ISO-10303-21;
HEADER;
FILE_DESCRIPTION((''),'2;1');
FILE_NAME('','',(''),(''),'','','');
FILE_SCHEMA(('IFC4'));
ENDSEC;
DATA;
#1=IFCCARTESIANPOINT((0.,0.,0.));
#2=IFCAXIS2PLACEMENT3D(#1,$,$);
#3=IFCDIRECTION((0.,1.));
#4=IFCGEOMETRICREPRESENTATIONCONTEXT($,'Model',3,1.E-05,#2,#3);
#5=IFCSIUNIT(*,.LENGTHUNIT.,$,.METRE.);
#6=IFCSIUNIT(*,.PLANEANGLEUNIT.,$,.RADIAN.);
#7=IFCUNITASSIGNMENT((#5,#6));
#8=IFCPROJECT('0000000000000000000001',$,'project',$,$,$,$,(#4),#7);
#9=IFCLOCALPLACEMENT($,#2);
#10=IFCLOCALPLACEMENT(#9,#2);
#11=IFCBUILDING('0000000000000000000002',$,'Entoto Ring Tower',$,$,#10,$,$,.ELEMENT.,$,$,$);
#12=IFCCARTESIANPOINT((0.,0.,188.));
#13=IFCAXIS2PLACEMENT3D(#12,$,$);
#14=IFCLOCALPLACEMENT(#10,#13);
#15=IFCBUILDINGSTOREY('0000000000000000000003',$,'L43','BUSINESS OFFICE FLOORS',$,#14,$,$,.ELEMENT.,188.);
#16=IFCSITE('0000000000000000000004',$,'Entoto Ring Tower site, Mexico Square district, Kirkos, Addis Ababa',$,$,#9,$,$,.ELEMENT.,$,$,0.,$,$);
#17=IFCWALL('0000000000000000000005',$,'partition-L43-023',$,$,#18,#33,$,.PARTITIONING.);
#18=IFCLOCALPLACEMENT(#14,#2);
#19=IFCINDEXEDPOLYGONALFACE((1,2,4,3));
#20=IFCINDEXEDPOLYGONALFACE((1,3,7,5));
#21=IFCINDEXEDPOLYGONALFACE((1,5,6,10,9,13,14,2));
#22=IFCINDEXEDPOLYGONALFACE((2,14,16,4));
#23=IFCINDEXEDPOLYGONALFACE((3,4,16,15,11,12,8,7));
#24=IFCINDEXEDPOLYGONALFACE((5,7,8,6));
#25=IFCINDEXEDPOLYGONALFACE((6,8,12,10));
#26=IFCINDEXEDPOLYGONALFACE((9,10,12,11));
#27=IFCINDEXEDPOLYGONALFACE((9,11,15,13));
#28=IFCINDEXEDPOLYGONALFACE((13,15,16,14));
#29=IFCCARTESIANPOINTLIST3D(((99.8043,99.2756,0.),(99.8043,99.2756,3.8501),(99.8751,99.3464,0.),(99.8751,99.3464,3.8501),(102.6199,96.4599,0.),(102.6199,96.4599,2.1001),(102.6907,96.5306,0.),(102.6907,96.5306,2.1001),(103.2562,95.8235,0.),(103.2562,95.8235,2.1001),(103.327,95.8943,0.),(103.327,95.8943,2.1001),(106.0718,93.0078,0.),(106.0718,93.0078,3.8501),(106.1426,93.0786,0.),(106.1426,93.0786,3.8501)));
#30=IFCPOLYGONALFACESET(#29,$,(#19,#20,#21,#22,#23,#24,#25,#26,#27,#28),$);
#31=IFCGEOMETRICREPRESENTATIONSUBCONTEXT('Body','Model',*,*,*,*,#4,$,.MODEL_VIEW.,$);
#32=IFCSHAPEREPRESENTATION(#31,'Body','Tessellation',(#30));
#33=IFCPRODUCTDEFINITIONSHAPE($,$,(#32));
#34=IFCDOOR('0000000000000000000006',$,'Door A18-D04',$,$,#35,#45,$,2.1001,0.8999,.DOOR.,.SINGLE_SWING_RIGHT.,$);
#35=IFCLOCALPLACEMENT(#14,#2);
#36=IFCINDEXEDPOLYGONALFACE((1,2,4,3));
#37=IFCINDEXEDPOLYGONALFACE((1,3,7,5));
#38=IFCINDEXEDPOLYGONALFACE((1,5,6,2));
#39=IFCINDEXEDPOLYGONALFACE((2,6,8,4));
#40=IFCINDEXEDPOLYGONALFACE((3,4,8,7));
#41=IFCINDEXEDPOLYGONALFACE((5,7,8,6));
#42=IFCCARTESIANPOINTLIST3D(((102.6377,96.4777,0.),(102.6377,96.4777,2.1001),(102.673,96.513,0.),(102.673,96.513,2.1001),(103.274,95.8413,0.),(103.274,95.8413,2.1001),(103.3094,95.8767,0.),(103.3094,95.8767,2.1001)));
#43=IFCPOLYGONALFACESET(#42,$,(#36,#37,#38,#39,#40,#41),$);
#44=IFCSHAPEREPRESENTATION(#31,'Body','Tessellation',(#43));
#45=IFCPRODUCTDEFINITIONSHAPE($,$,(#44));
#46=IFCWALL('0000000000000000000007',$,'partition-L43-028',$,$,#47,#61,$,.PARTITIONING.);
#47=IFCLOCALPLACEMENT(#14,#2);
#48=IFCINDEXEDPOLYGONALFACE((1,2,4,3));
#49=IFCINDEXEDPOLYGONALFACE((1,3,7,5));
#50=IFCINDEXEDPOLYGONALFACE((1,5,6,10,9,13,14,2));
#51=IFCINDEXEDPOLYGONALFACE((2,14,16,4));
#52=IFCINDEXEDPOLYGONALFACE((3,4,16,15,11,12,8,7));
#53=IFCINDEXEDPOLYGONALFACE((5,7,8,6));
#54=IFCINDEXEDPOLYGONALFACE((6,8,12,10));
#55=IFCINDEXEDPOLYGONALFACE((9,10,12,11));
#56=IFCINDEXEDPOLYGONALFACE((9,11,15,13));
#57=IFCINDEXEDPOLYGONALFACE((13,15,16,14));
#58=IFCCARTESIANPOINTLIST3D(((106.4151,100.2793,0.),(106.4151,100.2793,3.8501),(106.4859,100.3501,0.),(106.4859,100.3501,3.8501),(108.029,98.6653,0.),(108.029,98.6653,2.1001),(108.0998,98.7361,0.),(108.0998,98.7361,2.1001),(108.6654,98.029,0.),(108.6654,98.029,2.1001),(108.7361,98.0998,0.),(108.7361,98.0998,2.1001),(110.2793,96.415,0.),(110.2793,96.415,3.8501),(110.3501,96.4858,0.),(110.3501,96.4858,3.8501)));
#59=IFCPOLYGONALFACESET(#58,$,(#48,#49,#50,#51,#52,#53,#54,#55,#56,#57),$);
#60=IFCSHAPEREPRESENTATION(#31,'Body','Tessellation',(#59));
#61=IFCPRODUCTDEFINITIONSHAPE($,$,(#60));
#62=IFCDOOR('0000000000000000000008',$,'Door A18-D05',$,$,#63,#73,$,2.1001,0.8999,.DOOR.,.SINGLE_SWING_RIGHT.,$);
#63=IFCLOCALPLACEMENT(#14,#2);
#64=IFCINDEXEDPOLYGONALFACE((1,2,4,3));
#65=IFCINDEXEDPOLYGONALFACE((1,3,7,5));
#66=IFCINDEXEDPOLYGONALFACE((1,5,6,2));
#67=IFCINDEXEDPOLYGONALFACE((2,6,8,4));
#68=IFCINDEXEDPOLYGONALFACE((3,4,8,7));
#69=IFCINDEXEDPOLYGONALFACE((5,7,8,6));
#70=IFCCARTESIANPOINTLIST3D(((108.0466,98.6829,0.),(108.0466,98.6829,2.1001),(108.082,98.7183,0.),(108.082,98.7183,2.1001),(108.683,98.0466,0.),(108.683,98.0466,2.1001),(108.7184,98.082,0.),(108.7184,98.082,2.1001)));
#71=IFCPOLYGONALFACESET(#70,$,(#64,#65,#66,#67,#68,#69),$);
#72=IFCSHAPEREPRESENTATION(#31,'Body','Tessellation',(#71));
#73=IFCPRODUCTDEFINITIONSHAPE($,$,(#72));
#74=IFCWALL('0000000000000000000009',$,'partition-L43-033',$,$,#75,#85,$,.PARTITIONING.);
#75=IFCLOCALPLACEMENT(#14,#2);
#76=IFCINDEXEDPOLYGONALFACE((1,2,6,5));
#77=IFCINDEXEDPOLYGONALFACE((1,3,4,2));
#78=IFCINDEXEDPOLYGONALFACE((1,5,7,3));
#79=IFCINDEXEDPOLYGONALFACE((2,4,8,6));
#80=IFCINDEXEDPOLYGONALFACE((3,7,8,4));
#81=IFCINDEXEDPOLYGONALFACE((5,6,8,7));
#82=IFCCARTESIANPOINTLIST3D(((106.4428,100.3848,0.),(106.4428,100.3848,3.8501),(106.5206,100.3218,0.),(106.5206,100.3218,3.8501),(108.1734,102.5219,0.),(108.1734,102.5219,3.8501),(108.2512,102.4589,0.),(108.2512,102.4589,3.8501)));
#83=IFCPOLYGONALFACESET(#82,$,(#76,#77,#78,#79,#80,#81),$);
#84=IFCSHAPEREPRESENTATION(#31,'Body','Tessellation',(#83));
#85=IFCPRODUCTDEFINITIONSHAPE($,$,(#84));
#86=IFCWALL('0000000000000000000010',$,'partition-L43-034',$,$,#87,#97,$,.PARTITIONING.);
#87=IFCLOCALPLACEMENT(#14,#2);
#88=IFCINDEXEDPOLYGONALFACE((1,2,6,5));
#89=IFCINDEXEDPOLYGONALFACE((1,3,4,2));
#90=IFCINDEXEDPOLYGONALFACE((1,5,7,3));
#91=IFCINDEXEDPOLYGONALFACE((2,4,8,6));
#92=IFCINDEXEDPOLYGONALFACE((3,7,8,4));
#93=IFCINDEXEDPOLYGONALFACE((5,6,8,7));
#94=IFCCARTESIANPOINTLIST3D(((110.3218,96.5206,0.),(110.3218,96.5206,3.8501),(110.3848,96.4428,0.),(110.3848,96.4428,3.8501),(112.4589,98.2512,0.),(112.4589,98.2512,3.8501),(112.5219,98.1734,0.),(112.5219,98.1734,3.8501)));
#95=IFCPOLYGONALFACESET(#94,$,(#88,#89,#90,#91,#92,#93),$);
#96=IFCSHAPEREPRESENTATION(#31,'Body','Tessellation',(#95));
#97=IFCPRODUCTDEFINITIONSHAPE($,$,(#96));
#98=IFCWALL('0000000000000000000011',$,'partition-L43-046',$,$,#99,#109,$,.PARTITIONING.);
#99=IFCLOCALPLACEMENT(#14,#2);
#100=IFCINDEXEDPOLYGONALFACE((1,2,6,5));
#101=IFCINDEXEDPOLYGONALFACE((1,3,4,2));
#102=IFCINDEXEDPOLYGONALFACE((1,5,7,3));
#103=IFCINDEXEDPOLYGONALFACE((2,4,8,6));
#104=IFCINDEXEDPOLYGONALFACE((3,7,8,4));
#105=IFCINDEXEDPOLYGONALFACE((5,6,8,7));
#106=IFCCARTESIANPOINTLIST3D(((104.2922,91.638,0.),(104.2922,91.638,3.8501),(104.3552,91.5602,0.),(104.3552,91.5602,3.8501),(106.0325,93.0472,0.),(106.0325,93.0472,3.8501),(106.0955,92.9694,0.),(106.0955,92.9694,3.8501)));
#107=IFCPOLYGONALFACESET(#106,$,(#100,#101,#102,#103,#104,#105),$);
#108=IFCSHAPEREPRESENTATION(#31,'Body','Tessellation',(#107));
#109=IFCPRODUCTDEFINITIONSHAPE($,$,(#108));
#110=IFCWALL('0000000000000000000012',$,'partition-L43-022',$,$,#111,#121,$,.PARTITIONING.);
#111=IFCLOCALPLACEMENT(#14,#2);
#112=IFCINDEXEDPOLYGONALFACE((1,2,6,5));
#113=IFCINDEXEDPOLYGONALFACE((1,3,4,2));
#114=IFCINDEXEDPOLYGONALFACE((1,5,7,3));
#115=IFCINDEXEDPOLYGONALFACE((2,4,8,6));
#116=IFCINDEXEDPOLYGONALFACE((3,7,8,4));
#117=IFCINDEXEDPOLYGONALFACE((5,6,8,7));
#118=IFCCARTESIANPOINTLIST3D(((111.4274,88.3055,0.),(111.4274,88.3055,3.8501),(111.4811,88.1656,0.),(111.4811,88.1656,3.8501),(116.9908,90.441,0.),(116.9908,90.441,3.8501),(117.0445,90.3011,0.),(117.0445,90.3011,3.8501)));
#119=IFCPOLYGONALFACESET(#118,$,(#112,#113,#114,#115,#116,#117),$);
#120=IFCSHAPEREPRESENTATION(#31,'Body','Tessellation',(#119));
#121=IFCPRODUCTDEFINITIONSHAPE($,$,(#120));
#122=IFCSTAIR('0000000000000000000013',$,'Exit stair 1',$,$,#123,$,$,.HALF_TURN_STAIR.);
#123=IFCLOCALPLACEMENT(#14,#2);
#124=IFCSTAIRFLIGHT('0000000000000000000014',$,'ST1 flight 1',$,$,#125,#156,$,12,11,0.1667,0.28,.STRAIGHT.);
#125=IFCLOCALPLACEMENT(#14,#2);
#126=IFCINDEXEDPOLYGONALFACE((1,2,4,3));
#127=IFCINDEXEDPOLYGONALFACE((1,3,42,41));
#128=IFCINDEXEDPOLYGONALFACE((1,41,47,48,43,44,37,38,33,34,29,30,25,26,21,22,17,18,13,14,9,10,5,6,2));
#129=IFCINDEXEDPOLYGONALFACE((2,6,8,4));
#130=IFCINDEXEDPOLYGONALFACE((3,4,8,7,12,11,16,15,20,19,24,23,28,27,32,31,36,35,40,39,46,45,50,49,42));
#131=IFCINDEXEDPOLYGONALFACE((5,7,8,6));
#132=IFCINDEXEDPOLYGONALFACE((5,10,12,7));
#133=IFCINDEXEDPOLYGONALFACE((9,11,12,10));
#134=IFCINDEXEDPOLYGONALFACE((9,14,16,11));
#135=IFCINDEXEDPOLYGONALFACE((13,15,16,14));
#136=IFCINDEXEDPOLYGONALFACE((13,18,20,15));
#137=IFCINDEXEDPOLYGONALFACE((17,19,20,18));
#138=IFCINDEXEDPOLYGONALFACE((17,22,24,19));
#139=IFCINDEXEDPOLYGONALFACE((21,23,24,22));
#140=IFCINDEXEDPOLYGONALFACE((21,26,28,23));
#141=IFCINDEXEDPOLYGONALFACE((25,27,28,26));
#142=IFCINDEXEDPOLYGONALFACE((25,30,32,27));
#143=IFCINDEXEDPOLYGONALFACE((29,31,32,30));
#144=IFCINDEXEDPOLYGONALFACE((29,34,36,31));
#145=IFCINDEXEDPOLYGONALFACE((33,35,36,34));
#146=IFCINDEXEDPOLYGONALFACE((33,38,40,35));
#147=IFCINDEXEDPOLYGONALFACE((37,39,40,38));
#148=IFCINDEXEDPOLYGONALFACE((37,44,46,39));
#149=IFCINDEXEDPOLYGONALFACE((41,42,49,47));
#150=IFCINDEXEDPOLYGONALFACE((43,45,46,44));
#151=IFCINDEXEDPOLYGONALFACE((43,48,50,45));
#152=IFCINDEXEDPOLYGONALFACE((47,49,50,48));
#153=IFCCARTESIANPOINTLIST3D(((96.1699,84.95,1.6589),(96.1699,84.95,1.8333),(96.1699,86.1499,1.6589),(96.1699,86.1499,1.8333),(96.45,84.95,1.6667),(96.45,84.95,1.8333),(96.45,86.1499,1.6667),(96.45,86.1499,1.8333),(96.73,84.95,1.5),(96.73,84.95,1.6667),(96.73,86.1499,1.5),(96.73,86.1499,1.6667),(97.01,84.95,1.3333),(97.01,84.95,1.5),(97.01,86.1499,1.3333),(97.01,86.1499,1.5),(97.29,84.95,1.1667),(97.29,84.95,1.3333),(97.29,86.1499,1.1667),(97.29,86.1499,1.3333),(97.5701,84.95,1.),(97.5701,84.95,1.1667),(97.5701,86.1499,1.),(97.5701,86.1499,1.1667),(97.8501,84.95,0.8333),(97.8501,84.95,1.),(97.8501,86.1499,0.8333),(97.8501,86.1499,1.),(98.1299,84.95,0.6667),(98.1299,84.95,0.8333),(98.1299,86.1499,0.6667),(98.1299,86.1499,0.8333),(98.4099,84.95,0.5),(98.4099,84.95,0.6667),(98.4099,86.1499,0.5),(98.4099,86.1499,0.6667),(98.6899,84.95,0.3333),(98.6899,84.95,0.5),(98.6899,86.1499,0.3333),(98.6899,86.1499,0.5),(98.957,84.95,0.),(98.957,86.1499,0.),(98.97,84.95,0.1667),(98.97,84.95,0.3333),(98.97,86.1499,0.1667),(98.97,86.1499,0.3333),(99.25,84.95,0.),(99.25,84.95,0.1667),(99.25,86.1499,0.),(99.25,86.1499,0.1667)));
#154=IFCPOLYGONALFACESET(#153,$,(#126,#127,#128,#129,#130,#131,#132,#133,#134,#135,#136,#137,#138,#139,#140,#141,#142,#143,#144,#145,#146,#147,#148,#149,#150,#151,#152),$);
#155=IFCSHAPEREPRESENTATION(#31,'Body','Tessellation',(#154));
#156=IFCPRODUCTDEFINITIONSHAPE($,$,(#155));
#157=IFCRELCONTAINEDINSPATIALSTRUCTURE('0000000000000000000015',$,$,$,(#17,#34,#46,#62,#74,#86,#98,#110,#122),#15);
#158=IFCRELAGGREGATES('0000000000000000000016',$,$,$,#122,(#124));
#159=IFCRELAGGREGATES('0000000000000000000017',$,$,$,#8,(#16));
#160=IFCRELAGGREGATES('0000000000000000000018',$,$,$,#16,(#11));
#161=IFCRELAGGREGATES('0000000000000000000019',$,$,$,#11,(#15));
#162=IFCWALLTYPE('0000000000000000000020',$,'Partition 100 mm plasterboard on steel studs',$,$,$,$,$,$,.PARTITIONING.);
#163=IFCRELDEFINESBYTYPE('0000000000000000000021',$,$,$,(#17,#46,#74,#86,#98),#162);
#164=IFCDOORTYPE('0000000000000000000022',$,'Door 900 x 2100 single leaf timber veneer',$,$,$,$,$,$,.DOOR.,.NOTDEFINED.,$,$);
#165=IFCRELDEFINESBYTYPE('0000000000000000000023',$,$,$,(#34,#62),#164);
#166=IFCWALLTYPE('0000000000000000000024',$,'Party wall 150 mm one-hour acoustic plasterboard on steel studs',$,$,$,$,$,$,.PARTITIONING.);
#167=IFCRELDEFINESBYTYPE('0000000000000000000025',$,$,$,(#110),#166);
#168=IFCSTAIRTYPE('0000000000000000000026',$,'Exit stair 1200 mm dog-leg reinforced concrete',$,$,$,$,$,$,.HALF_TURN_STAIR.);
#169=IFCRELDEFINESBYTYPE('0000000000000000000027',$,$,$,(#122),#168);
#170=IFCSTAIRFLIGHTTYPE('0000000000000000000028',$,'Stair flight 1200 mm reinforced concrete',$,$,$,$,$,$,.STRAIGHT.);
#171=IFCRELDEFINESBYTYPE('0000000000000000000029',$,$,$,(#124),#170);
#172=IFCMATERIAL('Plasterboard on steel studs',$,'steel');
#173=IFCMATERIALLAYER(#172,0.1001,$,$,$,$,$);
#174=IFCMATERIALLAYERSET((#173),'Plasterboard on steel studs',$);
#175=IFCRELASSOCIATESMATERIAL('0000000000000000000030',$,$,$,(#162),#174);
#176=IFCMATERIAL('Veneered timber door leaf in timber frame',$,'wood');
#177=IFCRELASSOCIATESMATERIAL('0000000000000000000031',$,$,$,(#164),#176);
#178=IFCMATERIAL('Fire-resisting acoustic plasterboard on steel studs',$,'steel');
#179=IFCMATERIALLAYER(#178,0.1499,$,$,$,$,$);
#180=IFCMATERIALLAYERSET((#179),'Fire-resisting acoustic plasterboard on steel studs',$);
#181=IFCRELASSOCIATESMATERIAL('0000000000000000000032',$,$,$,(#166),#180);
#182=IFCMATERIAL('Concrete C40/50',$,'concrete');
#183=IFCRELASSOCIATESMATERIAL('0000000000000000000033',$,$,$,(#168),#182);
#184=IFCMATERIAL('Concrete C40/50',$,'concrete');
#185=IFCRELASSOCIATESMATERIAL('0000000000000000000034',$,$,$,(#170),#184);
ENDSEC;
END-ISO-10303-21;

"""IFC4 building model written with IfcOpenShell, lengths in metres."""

from ifc_helpers import new_model, si_unit, direction, frame, frame_2d, origin, place, context, subcontext, project, spatial, polyline, rectangle, outline, extrude, material, layer, layer_set, type_object, element, fill, aggregate, save


model = new_model("IFC4")

# Units and contexts
model_context = context("Model", 3, precision=1e-05, world=origin(), true_north=direction((0.0, 1.0)))
body_context = subcontext(model_context, "Body", "Model", "MODEL_VIEW")
ifc_project = project(units=[si_unit("LENGTHUNIT", "METRE"), si_unit("PLANEANGLEUNIT", "RADIAN")], contexts=[model_context])

# Site, building, storey
site_placement = place(None, origin())
site = spatial("IfcSite", under=ifc_project, at=site_placement, Name="Entoto Ring Tower site, Mexico Square district, Kirkos, Addis Ababa", CompositionType="ELEMENT", RefElevation=0.0)
building_placement = place(site_placement, origin())
building = spatial("IfcBuilding", under=site, at=building_placement, Name="Entoto Ring Tower", CompositionType="ELEMENT")
storey_placement = place(building_placement, frame((0.0, 0.0, 188.0)))
storey = spatial("IfcBuildingStorey", under=building, at=storey_placement, Name="L43", Description="BUSINESS OFFICE FLOORS", CompositionType="ELEMENT", Elevation=188.0)

# Walls, openings, doors
ifc_material_1 = material(Name="Plasterboard on steel studs", Category="steel")
ifc_layer_1 = layer(ifc_material_1, 0.1001)
ifc_layer_set_1 = layer_set([ifc_layer_1], Name="Plasterboard on steel studs")
wall_type_1 = type_object("IfcWallType", Name="Partition 100 mm plasterboard on steel studs", PredefinedType="PARTITIONING", material=ifc_layer_set_1)
wall_1_placement = place(storey_placement, frame((106.1072, 93.0432, 0.0), z_axis=(0.0, 0.0, 1.0), x_axis=(-0.707093, 0.707121, 0.0)))
wall_1 = element("IfcWall", 1, at=wall_1_placement, inside=storey, type_object=wall_type_1, Name="partition-L43-023", PredefinedType="PARTITIONING", context=body_context, shape_type="SweptSolid", body=[
    extrude(rectangle(XDim=8.8638, YDim=0.1001, at=frame_2d((4.4319, 0.0))), origin(), (0.0, 0.0, 1.0), 3.8501),
])
opening_1_placement = place(wall_1_placement, frame((3.9819, 0.0, 0.0)))
opening_1 = element("IfcOpeningElement", 2, at=opening_1_placement, cuts=wall_1, PredefinedType="OPENING", context=body_context, shape_type="SweptSolid", body=[
    extrude(rectangle(XDim=0.8999, YDim=2.1001, at=frame_2d((0.45, 1.05))), frame((0.0, 0.0601, 0.0), z_axis=(0.0, -1.0, 0.0), x_axis=(1.0, 0.0, 0.0)), (0.0, 0.0, 1.0), 0.1201),
])
ifc_material_2 = material(Name="Veneered timber door leaf in timber frame", Category="wood")
door_type_1 = type_object("IfcDoorType", Name="Door 900 x 2100 single leaf timber veneer", OperationType="NOTDEFINED", PredefinedType="DOOR", material=ifc_material_2)
door_1_placement = place(opening_1_placement, origin())
door_1 = element("IfcDoor", 3, at=door_1_placement, inside=storey, type_object=door_type_1, Name="Door A18-D04", OperationType="SINGLE_SWING_RIGHT", OverallHeight=2.1001, OverallWidth=0.8999, PredefinedType="DOOR", context=body_context, shape_type="SweptSolid", body=[
    extrude(rectangle(XDim=0.8999, YDim=2.1001, at=frame_2d((0.45, 1.05))), frame((0.0, 0.0249, 0.0), z_axis=(0.0, -1.0, 0.0), x_axis=(1.0, 0.0, 0.0)), (0.0, 0.0, 1.0), 0.05),
])
fill(opening_1, door_1)
wall_2_placement = place(storey_placement, frame((110.3147, 96.4504, 0.0), z_axis=(0.0, 0.0, 1.0), x_axis=(-0.707107, 0.707107, 0.0)))
wall_2 = element("IfcWall", 4, at=wall_2_placement, inside=storey, type_object=wall_type_1, Name="partition-L43-028", PredefinedType="PARTITIONING", context=body_context, shape_type="SweptSolid", body=[
    extrude(rectangle(XDim=5.4648, YDim=0.1001, at=frame_2d((2.7324, 0.0))), origin(), (0.0, 0.0, 1.0), 3.8501),
])
opening_2_placement = place(wall_2_placement, frame((2.2825, 0.0, 0.0)))
opening_2 = element("IfcOpeningElement", 5, at=opening_2_placement, cuts=wall_2, PredefinedType="OPENING", context=body_context, shape_type="SweptSolid", body=[
    extrude(rectangle(XDim=0.8999, YDim=2.1001, at=frame_2d((0.45, 1.05))), frame((0.0, 0.0601, 0.0), z_axis=(0.0, -1.0, 0.0), x_axis=(1.0, 0.0, 0.0)), (0.0, 0.0, 1.0), 0.1201),
])
door_2_placement = place(opening_2_placement, frame((0.8999, 0.0, 0.0), z_axis=(0.0, 0.0, 1.0), x_axis=(-1.0, 0.0, 0.0)))
door_2 = element("IfcDoor", 6, at=door_2_placement, inside=storey, type_object=door_type_1, Name="Door A18-D05", OperationType="SINGLE_SWING_RIGHT", OverallHeight=2.1001, OverallWidth=0.8999, PredefinedType="DOOR", context=body_context, shape_type="SweptSolid", body=[
    extrude(rectangle(XDim=0.8999, YDim=2.1001, at=frame_2d((0.45, 1.05))), frame((0.0, 0.0249, 0.0), z_axis=(0.0, -1.0, 0.0), x_axis=(1.0, 0.0, 0.0)), (0.0, 0.0, 1.0), 0.05),
])
fill(opening_2, door_2)

# Walls
for number, where, z_axis, x_axis, name in (
    (7, (106.4817, 100.3533, 0.0), (0.0, 0.0, 1.0), (0.629328, 0.777139, 0.0), "partition-L43-033"),
    (8, (110.3533, 96.4817, 0.0), (0.0, 0.0, 1.0), (0.777139, 0.629328, 0.0), "partition-L43-034"),
):
    element("IfcWall", number, at=place(storey_placement, frame(where, z_axis=z_axis, x_axis=x_axis)), inside=storey, type_object=wall_type_1, Name=name, PredefinedType="PARTITIONING", context=body_context, shape_type="SweptSolid", body=[
        extrude(rectangle(XDim=2.75, YDim=0.1001, at=frame_2d((1.375, 0.0))), origin(), (0.0, 0.0, 1.0), 3.8501),
    ])
wall_3_placement = place(storey_placement, frame((104.3237, 91.5991, 0.0), z_axis=(0.0, 0.0, 1.0), x_axis=(0.777153, 0.629311, 0.0)))
element("IfcWall", 9, at=wall_3_placement, inside=storey, type_object=wall_type_1, Name="partition-L43-046", PredefinedType="PARTITIONING", context=body_context, shape_type="SweptSolid", body=[
    extrude(rectangle(XDim=2.2393, YDim=0.1001, at=frame_2d((1.1196, 0.0))), origin(), (0.0, 0.0, 1.0), 3.8501),
])
ifc_material_3 = material(Name="Fire-resisting acoustic plasterboard on steel studs", Category="steel")
ifc_layer_2 = layer(ifc_material_3, 0.1499)
ifc_layer_set_2 = layer_set([ifc_layer_2], Name="Fire-resisting acoustic plasterboard on steel studs")
wall_type_2 = type_object("IfcWallType", Name="Party wall 150 mm one-hour acoustic plasterboard on steel studs", PredefinedType="PARTITIONING", material=ifc_layer_set_2)
wall_4_placement = place(storey_placement, frame((111.4543, 88.2356, 0.0), z_axis=(0.0, 0.0, 1.0), x_axis=(0.933587, 0.35835, 0.0)))
element("IfcWall", 10, at=wall_4_placement, inside=storey, type_object=wall_type_2, Name="partition-L43-022", PredefinedType="PARTITIONING", context=body_context, shape_type="SweptSolid", body=[
    extrude(rectangle(XDim=5.9592, YDim=0.1499, at=frame_2d((2.9795, 0.0))), origin(), (0.0, 0.0, 1.0), 3.8501),
])

# Stair, stair flight
ifc_material_4 = material(Name="Concrete C40/50", Category="concrete")
stair_type = type_object("IfcStairType", Name="Exit stair 1200 mm dog-leg reinforced concrete", PredefinedType="HALF_TURN_STAIR", material=ifc_material_4)
stair_placement = place(storey_placement, origin())
stair = element("IfcStair", 11, at=stair_placement, inside=storey, type_object=stair_type, Name="Exit stair 1", PredefinedType="HALF_TURN_STAIR")
ifc_material_5 = material(Name="Concrete C40/50", Category="concrete")
stair_flight_type = type_object("IfcStairFlightType", Name="Stair flight 1200 mm reinforced concrete", PredefinedType="STRAIGHT", material=ifc_material_5)
stair_flight_placement = place(storey_placement, frame((99.25, 85.55, 0.0), z_axis=(0.0, 0.0, 1.0), x_axis=(-1.0, 0.0, 0.0)))
stair_flight = element("IfcStairFlight", 12, at=stair_flight_placement, type_object=stair_flight_type, Name="ST1 flight 1", NumberOfRisers=12, NumberOfTreads=11, PredefinedType="STRAIGHT", RiserHeight=0.1667, TreadLength=0.28, context=body_context, shape_type="SweptSolid", body=[
    extrude(outline(polyline([(0.0, 0.0), (0.0, 0.1667), (0.28, 0.1667), (0.28, 0.3333), (0.5601, 0.3333), (0.5601, 0.5), (0.8401, 0.5), (0.8401, 0.6667), (1.1201, 0.6667), (1.1201, 0.8333), (1.3999, 0.8333), (1.3999, 1.0), (1.6799, 1.0), (1.6799, 1.1667), (1.96, 1.1667), (1.96, 1.3333), (2.24, 1.3333), (2.24, 1.5), (2.52, 1.5), (2.52, 1.6667), (2.8, 1.6667), (2.8, 1.8333), (3.0801, 1.8333), (3.0801, 2.0), (3.0801, 1.6589), (0.293, 0.0), (0.0, 0.0)])), frame((0.0, 0.6001, 0.0), z_axis=(0.0, -1.0, 0.0), x_axis=(1.0, 0.0, 0.0)), (0.0, 0.0, 1.0), 1.2),
])
aggregate(stair, [stair_flight])

save(model, "model.ifc")
